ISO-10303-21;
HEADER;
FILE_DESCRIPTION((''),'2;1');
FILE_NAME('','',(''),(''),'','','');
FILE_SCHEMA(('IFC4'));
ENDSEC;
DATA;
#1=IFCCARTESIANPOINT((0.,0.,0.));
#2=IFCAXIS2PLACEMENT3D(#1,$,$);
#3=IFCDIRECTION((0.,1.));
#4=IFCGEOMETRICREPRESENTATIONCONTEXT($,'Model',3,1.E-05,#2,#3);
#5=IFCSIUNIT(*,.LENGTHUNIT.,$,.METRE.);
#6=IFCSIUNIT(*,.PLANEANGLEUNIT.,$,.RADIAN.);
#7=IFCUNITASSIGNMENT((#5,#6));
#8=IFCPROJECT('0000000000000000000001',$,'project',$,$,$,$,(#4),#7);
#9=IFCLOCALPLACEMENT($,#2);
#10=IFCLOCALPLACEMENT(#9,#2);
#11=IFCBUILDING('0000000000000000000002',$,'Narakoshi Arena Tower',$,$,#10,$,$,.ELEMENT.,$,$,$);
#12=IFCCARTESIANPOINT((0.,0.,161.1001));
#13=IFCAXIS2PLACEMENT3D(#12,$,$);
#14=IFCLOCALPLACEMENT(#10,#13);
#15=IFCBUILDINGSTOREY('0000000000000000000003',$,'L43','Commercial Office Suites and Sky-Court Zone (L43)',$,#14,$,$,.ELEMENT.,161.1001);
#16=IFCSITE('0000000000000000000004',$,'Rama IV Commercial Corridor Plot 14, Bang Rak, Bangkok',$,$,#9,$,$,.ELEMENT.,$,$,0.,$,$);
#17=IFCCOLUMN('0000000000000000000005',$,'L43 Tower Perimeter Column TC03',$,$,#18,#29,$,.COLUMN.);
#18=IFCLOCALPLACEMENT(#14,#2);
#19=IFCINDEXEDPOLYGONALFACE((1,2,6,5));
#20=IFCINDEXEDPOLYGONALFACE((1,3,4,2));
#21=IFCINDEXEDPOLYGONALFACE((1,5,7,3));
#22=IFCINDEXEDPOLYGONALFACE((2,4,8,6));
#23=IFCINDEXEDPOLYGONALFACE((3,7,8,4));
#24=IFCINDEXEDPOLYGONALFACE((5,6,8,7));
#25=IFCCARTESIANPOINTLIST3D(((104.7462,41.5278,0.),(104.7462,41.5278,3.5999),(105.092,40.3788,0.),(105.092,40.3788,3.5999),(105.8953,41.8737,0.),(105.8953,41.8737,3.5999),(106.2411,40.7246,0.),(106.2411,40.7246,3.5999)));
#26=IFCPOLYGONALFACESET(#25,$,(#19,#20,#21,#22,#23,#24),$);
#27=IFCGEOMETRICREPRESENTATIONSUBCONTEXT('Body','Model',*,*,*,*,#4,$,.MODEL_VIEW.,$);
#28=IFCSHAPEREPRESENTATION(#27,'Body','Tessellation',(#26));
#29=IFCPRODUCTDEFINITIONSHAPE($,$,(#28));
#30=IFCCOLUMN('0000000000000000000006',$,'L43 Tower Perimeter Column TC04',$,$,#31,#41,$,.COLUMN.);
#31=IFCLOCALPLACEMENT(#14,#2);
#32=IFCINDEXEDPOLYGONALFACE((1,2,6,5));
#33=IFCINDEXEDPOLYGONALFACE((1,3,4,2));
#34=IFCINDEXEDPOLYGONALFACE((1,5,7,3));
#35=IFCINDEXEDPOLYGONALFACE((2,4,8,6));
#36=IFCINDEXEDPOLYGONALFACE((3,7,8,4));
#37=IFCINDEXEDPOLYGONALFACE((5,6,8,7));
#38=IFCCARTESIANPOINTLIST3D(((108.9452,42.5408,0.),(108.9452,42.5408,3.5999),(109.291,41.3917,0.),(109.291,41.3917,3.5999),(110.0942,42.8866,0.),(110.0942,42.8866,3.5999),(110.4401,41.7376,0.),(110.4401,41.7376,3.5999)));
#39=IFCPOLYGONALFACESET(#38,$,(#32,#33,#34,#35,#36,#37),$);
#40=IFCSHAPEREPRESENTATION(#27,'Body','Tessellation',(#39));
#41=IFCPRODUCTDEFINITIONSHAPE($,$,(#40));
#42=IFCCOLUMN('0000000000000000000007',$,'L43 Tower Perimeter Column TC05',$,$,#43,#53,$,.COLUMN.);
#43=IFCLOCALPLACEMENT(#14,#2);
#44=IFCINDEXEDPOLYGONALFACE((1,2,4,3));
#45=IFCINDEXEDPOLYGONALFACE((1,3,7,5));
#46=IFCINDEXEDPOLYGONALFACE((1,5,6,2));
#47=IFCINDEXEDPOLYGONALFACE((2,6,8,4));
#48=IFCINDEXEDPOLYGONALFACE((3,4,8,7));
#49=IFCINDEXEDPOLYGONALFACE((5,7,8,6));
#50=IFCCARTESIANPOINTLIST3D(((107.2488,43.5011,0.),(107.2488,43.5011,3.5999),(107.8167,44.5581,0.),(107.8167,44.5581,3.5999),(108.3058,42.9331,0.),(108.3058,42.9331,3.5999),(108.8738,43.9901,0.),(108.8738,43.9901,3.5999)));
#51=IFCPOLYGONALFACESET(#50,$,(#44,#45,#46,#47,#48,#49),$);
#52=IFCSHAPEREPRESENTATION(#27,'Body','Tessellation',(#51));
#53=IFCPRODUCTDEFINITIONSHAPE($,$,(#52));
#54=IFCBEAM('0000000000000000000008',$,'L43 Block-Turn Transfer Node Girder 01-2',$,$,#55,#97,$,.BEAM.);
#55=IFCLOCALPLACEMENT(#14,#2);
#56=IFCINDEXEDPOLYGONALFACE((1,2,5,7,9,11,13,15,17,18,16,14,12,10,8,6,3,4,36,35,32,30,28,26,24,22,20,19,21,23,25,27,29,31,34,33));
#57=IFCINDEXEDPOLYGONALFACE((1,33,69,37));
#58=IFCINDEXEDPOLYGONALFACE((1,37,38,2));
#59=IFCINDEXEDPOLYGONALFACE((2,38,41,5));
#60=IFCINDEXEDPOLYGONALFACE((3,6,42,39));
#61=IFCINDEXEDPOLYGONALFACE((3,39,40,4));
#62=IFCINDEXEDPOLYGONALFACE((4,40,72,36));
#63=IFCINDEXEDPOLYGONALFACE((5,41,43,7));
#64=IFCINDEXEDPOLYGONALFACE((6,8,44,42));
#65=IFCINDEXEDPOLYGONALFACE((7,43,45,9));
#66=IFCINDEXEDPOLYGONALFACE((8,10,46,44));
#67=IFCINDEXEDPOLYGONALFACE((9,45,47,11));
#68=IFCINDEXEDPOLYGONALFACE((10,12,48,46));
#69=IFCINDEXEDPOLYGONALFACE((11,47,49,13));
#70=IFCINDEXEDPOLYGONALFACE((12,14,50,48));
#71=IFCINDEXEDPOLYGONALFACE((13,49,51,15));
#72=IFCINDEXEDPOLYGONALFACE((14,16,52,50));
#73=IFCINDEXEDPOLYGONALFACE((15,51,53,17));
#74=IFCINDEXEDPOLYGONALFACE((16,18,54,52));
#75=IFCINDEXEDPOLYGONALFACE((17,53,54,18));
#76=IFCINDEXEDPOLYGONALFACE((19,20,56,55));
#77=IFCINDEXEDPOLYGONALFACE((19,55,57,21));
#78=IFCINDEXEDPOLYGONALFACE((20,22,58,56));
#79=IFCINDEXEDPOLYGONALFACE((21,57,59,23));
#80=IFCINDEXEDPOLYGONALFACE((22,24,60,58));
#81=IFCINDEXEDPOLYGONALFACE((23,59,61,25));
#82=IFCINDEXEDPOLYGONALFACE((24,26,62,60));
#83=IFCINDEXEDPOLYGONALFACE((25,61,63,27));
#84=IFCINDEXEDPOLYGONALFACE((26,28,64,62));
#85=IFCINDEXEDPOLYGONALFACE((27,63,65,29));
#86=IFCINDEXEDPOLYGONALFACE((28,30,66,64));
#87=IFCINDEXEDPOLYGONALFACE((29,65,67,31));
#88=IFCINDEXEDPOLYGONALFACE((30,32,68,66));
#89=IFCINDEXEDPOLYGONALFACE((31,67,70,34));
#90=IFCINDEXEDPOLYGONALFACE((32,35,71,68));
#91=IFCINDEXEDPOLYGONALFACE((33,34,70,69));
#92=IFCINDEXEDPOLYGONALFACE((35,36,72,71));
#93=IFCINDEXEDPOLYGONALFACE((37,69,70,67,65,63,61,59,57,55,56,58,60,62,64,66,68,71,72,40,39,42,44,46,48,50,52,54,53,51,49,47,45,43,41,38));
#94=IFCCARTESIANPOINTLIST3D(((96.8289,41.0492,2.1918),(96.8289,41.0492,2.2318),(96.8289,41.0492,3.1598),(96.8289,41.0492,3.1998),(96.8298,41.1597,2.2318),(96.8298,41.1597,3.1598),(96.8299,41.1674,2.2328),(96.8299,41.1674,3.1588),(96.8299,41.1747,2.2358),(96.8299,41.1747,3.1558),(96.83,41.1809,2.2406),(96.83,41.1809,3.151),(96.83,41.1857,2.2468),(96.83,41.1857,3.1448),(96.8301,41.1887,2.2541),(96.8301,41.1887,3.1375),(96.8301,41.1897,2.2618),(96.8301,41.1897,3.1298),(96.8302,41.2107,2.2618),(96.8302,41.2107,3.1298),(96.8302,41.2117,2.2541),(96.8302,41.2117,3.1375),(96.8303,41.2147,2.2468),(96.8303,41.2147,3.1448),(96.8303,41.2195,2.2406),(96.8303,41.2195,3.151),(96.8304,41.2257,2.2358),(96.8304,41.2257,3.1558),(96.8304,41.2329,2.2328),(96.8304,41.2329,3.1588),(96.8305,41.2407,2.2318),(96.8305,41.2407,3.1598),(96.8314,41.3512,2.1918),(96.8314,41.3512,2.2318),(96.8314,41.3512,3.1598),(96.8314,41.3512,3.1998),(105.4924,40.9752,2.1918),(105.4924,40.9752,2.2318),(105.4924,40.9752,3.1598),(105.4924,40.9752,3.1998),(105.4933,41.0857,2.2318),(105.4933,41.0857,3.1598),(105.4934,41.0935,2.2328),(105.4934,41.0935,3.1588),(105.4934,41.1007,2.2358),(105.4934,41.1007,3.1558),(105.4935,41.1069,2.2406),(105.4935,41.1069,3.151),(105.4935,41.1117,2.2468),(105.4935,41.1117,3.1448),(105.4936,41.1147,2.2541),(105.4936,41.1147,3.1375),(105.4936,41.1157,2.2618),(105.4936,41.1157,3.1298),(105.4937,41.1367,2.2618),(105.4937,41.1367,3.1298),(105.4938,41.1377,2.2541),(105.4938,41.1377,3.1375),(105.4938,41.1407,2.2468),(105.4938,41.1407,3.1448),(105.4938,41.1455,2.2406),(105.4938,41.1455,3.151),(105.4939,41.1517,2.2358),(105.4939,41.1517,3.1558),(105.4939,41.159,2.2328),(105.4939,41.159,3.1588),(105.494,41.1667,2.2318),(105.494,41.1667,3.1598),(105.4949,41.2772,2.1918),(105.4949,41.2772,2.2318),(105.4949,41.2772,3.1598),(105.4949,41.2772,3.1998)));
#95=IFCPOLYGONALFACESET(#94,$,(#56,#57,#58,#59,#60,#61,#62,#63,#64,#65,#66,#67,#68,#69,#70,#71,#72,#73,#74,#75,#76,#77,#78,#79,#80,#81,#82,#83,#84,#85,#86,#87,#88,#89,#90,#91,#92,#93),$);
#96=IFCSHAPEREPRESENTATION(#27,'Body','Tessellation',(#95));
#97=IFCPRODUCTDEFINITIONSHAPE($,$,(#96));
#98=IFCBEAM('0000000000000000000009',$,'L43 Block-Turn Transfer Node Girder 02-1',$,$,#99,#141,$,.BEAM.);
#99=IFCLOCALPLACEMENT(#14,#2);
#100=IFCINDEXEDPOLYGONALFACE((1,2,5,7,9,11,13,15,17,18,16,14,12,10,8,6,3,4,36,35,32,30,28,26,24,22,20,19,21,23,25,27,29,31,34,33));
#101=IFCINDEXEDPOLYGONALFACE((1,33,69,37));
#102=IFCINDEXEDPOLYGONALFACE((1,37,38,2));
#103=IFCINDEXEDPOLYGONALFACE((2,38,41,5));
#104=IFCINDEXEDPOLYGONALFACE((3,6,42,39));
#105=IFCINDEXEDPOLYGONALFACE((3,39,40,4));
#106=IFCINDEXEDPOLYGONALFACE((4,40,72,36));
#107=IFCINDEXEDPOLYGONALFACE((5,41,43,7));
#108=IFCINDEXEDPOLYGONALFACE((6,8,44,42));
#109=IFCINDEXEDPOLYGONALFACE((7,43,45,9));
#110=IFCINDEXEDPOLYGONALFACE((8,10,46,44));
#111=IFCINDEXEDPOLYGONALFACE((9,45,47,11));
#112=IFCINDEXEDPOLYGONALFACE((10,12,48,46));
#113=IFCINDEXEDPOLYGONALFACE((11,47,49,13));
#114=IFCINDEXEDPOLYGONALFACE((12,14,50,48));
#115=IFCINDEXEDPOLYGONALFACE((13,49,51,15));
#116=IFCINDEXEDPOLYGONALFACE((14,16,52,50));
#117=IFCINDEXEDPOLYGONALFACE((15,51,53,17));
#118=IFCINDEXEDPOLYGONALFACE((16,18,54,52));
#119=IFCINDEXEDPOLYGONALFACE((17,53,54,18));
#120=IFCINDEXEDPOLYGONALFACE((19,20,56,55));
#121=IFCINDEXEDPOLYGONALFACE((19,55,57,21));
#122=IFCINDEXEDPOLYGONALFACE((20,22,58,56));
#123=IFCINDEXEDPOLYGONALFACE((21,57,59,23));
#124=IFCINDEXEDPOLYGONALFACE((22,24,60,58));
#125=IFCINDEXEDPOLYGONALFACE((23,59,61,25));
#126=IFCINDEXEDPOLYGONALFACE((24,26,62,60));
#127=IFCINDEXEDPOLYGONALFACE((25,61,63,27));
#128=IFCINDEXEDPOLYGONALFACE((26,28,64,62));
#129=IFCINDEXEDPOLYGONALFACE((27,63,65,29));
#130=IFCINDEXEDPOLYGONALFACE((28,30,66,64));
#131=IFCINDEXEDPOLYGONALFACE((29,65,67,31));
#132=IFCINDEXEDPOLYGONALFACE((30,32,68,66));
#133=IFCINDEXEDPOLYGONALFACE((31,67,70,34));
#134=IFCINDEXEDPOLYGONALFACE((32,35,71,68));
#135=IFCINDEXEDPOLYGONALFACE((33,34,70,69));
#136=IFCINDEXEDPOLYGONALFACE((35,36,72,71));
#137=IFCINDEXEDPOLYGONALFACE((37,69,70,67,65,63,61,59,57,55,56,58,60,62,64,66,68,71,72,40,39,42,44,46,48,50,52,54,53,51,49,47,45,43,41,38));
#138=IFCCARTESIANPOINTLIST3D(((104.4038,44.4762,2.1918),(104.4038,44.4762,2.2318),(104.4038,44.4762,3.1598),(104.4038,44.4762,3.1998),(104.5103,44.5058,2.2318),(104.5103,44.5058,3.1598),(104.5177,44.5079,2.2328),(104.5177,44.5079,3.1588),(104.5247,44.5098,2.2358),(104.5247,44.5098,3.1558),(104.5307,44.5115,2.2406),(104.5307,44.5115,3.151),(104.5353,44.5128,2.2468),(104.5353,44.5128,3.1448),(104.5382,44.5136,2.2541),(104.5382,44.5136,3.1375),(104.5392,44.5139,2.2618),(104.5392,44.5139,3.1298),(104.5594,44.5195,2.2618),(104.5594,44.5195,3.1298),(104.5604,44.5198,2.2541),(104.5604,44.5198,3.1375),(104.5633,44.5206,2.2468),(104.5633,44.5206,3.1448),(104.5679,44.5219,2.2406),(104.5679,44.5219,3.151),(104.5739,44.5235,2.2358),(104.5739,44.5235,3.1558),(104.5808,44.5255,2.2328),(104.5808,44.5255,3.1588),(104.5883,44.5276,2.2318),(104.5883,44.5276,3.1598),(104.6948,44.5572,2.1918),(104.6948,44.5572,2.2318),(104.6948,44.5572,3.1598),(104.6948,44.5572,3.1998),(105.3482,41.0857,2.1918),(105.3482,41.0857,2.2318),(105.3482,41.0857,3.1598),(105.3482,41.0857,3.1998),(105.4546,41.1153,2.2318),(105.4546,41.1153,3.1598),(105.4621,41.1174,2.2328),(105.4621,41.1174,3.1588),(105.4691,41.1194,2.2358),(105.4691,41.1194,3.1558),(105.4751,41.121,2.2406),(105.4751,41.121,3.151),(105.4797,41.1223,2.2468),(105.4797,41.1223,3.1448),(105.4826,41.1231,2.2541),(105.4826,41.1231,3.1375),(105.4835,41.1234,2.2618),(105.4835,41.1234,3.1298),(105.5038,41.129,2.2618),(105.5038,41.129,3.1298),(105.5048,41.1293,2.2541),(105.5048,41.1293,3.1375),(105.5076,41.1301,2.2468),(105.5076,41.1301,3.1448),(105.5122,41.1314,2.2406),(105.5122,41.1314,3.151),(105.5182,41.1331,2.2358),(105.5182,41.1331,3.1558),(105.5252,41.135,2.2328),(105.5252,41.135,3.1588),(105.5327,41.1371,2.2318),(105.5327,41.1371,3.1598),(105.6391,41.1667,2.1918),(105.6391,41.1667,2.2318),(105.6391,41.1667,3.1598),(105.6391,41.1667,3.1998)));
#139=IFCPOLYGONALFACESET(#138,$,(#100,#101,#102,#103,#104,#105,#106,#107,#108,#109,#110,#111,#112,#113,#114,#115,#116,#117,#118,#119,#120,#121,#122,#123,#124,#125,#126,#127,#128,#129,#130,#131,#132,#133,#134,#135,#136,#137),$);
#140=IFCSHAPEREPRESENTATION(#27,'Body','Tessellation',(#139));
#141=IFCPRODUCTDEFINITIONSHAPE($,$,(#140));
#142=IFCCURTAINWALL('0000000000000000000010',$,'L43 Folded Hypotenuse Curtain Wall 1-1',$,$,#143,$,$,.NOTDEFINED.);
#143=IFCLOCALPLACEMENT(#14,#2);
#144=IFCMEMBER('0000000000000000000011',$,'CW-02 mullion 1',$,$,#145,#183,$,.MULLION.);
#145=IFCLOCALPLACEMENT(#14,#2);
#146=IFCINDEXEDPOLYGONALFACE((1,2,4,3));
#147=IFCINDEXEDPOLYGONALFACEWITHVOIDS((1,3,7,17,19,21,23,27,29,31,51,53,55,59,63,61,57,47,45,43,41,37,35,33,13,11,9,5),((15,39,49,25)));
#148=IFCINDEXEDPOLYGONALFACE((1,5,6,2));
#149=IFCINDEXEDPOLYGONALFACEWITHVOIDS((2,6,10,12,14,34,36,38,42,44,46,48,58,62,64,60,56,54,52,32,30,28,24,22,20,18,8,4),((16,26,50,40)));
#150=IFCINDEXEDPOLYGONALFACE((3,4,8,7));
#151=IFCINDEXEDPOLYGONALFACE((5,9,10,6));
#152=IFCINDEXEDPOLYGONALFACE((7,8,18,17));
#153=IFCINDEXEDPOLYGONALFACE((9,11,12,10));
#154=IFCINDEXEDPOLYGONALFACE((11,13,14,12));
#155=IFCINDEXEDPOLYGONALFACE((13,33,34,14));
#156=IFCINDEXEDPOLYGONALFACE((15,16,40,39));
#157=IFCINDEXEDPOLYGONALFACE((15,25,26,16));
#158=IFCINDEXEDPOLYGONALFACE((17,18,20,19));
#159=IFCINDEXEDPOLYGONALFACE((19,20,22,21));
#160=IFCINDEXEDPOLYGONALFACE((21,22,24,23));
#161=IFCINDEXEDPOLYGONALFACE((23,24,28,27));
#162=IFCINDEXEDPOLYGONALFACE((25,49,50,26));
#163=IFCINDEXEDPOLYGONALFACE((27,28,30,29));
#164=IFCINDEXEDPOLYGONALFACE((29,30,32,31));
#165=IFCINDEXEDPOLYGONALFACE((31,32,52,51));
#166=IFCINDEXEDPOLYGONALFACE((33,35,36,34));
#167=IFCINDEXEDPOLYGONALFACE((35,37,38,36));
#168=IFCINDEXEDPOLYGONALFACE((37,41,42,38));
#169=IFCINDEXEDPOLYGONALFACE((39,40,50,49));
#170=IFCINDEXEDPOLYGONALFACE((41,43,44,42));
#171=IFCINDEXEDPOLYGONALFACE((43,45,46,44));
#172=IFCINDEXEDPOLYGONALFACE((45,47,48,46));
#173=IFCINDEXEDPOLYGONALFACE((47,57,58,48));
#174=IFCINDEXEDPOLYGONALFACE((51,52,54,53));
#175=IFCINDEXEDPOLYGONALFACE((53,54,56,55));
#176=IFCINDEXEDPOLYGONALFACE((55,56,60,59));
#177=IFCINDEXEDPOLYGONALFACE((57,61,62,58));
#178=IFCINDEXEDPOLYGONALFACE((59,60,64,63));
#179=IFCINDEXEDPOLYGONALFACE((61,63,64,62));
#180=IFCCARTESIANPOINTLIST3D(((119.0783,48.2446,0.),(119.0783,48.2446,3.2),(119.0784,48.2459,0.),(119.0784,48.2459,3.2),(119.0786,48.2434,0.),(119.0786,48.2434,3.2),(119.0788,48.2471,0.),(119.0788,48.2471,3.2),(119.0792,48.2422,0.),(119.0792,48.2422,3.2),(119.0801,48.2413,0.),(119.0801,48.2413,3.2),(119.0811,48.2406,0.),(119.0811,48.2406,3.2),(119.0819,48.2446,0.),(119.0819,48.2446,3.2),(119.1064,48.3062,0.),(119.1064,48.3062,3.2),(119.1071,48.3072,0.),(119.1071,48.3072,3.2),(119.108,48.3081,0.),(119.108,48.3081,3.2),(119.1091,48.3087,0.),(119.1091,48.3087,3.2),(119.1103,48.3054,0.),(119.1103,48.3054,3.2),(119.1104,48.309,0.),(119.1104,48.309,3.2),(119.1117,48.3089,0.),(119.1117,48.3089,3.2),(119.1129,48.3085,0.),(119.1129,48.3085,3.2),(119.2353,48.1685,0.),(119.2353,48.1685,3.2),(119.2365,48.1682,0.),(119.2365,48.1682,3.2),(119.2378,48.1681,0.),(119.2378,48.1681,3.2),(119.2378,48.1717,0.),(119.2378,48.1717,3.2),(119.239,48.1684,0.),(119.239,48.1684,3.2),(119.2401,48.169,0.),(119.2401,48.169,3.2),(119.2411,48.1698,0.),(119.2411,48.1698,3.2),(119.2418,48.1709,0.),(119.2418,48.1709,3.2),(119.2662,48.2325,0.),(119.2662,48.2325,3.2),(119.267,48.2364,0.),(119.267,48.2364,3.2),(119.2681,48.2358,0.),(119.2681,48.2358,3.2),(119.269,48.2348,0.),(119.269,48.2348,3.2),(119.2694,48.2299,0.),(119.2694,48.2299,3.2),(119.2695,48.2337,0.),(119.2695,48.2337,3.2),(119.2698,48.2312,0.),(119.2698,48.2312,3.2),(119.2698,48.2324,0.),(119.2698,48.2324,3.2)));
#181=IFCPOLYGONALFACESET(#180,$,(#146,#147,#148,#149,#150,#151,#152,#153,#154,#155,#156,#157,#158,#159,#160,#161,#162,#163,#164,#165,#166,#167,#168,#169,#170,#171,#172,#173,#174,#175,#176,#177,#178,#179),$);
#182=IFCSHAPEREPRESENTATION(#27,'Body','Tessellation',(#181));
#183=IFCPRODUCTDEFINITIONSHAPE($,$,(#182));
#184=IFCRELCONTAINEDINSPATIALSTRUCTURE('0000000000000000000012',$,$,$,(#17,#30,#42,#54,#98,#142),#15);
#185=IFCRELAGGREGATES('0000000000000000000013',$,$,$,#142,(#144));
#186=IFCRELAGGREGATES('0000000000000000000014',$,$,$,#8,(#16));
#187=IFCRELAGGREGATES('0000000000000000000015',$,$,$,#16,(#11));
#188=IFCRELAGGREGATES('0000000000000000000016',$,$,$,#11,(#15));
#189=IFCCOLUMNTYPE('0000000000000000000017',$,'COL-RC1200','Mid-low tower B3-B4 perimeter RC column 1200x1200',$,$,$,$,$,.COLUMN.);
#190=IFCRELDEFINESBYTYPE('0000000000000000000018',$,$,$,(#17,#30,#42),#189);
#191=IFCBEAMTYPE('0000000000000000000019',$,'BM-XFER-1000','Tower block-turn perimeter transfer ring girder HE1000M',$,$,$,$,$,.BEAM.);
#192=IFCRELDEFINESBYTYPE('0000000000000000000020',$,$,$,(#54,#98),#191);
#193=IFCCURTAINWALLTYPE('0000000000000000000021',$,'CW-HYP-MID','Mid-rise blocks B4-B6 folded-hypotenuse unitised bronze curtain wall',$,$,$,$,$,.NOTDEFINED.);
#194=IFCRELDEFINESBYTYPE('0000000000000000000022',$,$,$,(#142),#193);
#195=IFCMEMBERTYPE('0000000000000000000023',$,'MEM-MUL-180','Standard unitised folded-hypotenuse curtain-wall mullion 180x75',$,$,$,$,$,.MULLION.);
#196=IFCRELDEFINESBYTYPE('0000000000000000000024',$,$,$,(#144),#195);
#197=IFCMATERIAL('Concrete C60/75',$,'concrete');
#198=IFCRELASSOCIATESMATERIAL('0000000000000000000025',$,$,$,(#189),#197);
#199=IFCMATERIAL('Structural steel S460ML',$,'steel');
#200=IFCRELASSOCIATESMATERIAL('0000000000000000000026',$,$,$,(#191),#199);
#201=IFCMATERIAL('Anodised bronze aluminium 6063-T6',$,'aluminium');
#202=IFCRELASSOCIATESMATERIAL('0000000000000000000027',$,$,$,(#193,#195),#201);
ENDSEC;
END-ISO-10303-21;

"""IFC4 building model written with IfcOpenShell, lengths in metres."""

from ifc_helpers import new_model, si_unit, direction, frame, origin, origin_2d, place, context, subcontext, project, spatial, rectangle, hollow_rectangle, i_section, extrude, material, material_profile, profile_set, type_object, element, aggregate, save


model = new_model("IFC4")

# Units and contexts
model_context = context("Model", 3, precision=1e-05, world=origin(), true_north=direction((0.0, 1.0)))
body_context = subcontext(model_context, "Body", "Model", "MODEL_VIEW")
ifc_project = project(units=[si_unit("LENGTHUNIT", "METRE"), si_unit("PLANEANGLEUNIT", "RADIAN")], contexts=[model_context])

# Site, building, storey
site_placement = place(None, origin())
site = spatial("IfcSite", under=ifc_project, at=site_placement, Name="Rama IV Commercial Corridor Plot 14, Bang Rak, Bangkok", CompositionType="ELEMENT", RefElevation=0.0)
building_placement = place(site_placement, origin())
building = spatial("IfcBuilding", under=site, at=building_placement, Name="Narakoshi Arena Tower", CompositionType="ELEMENT")
storey_placement = place(building_placement, frame((0.0, 0.0, 161.1001)))
storey = spatial("IfcBuildingStorey", under=building, at=storey_placement, Name="L43", Description="Commercial Office Suites and Sky-Court Zone (L43)", CompositionType="ELEMENT", Elevation=161.1001)

# Columns
ifc_material_1 = material(Name="Concrete C60/75", Category="concrete")
ifc_material_profile_1 = material_profile(ifc_material_1, rectangle(XDim=1.2, YDim=1.2, at=origin_2d()), Name="RC1200x1200")
ifc_profile_set_1 = profile_set([ifc_material_profile_1], Name="Concrete C60/75")
column_type = type_object("IfcColumnType", Name="COL-RC1200", Description="Mid-low tower B3-B4 perimeter RC column 1200x1200", PredefinedType="COLUMN", material=ifc_profile_set_1)
for number, where, z_axis, x_axis, name in (
    (1, (105.4937, 41.1262, 0.0), (0.0, 0.0, 1.0), (0.957571, 0.288196, 0.0), "L43 Tower Perimeter Column TC03"),
    (2, (109.6926, 42.1392, 0.0), (0.0, 0.0, 1.0), (0.957571, 0.288196, 0.0), "L43 Tower Perimeter Column TC04"),
    (3, (108.0613, 43.7456, 0.0), (0.0, 0.0, 1.0), (0.47332, 0.880891, 0.0), "L43 Tower Perimeter Column TC05"),
):
    element("IfcColumn", number, at=place(storey_placement, frame(where, z_axis=z_axis, x_axis=x_axis)), inside=storey, type_object=column_type, Name=name, PredefinedType="COLUMN", context=body_context, shape_type="SweptSolid", body=[
        extrude(rectangle(XDim=1.2, YDim=1.2, at=origin_2d()), origin(), (0.0, 0.0, 1.0), 3.5999),
    ])

# Beams
ifc_material_2 = material(Name="Structural steel S460ML", Category="steel")
ifc_material_profile_2 = material_profile(ifc_material_2, i_section(OverallWidth=0.302, OverallDepth=1.0081, WebThickness=0.021, FlangeThickness=0.04, FilletRadius=0.03, at=origin_2d()), Name="HE1000M")
ifc_profile_set_2 = profile_set([ifc_material_profile_2], Name="Structural steel S460ML")
beam_type = type_object("IfcBeamType", Name="BM-XFER-1000", Description="Tower block-turn perimeter transfer ring girder HE1000M", PredefinedType="BEAM", material=ifc_profile_set_2)
beam_1_placement = place(storey_placement, frame((105.4937, 41.1262, 2.6958), z_axis=(-0.999964, 0.008538, 0.0), x_axis=(-0.008538, -0.999964, 0.0)))
element("IfcBeam", 4, at=beam_1_placement, inside=storey, type_object=beam_type, Name="L43 Block-Turn Transfer Node Girder 01-2", PredefinedType="BEAM", context=body_context, shape_type="SweptSolid", body=[
    extrude(i_section(OverallWidth=0.302, OverallDepth=1.0081, WebThickness=0.021, FlangeThickness=0.04, FilletRadius=0.03, at=origin_2d()), origin(), (0.0, 0.0, 1.0), 8.6638),
])
beam_2_placement = place(storey_placement, frame((105.4937, 41.1262, 2.6958), z_axis=(-0.26832, 0.96333, 0.0), x_axis=(-0.96333, -0.26832, 0.0)))
element("IfcBeam", 5, at=beam_2_placement, inside=storey, type_object=beam_type, Name="L43 Block-Turn Transfer Node Girder 02-1", PredefinedType="BEAM", context=body_context, shape_type="SweptSolid", body=[
    extrude(i_section(OverallWidth=0.302, OverallDepth=1.0081, WebThickness=0.021, FlangeThickness=0.04, FilletRadius=0.03, at=origin_2d()), origin(), (0.0, 0.0, 1.0), 3.5195),
])

# Curtain wall, member
ifc_material_3 = material(Name="Anodised bronze aluminium 6063-T6", Category="aluminium")
curtain_wall_type = type_object("IfcCurtainWallType", Name="CW-HYP-MID", Description="Mid-rise blocks B4-B6 folded-hypotenuse unitised bronze curtain wall", PredefinedType="NOTDEFINED", material=ifc_material_3)
curtain_wall_placement = place(storey_placement, origin())
curtain_wall = element("IfcCurtainWall", 6, at=curtain_wall_placement, inside=storey, type_object=curtain_wall_type, Name="L43 Folded Hypotenuse Curtain Wall 1-1", PredefinedType="NOTDEFINED")
ifc_material_profile_3 = material_profile(ifc_material_3, hollow_rectangle(XDim=0.075, YDim=0.1799, WallThickness=0.0039, OuterFilletRadius=0.0049, at=origin_2d()), Name="MUL180x75x4")
ifc_profile_set_3 = profile_set([ifc_material_profile_3], Name="Anodised bronze aluminium 6063-T6")
member_type_1 = type_object("IfcMemberType", Name="MEM-MUL-180", Description="Standard unitised folded-hypotenuse curtain-wall mullion 180x75", PredefinedType="MULLION", material=ifc_profile_set_3)
member_1_placement = place(storey_placement, frame((119.1741, 48.2385, 0.0), z_axis=(0.0, 0.0, 1.0), x_axis=(-0.423532, -0.905881, 0.0)))
member_1 = element("IfcMember", 7, at=member_1_placement, type_object=member_type_1, Name="CW-02 mullion 1", PredefinedType="MULLION", context=body_context, shape_type="SweptSolid", body=[
    extrude(hollow_rectangle(XDim=0.075, YDim=0.1799, WallThickness=0.0039, OuterFilletRadius=0.0049, at=origin_2d()), origin(), (0.0, 0.0, 1.0), 3.2),
])
aggregate(curtain_wall, [member_1])

save(model, "model.ifc")
